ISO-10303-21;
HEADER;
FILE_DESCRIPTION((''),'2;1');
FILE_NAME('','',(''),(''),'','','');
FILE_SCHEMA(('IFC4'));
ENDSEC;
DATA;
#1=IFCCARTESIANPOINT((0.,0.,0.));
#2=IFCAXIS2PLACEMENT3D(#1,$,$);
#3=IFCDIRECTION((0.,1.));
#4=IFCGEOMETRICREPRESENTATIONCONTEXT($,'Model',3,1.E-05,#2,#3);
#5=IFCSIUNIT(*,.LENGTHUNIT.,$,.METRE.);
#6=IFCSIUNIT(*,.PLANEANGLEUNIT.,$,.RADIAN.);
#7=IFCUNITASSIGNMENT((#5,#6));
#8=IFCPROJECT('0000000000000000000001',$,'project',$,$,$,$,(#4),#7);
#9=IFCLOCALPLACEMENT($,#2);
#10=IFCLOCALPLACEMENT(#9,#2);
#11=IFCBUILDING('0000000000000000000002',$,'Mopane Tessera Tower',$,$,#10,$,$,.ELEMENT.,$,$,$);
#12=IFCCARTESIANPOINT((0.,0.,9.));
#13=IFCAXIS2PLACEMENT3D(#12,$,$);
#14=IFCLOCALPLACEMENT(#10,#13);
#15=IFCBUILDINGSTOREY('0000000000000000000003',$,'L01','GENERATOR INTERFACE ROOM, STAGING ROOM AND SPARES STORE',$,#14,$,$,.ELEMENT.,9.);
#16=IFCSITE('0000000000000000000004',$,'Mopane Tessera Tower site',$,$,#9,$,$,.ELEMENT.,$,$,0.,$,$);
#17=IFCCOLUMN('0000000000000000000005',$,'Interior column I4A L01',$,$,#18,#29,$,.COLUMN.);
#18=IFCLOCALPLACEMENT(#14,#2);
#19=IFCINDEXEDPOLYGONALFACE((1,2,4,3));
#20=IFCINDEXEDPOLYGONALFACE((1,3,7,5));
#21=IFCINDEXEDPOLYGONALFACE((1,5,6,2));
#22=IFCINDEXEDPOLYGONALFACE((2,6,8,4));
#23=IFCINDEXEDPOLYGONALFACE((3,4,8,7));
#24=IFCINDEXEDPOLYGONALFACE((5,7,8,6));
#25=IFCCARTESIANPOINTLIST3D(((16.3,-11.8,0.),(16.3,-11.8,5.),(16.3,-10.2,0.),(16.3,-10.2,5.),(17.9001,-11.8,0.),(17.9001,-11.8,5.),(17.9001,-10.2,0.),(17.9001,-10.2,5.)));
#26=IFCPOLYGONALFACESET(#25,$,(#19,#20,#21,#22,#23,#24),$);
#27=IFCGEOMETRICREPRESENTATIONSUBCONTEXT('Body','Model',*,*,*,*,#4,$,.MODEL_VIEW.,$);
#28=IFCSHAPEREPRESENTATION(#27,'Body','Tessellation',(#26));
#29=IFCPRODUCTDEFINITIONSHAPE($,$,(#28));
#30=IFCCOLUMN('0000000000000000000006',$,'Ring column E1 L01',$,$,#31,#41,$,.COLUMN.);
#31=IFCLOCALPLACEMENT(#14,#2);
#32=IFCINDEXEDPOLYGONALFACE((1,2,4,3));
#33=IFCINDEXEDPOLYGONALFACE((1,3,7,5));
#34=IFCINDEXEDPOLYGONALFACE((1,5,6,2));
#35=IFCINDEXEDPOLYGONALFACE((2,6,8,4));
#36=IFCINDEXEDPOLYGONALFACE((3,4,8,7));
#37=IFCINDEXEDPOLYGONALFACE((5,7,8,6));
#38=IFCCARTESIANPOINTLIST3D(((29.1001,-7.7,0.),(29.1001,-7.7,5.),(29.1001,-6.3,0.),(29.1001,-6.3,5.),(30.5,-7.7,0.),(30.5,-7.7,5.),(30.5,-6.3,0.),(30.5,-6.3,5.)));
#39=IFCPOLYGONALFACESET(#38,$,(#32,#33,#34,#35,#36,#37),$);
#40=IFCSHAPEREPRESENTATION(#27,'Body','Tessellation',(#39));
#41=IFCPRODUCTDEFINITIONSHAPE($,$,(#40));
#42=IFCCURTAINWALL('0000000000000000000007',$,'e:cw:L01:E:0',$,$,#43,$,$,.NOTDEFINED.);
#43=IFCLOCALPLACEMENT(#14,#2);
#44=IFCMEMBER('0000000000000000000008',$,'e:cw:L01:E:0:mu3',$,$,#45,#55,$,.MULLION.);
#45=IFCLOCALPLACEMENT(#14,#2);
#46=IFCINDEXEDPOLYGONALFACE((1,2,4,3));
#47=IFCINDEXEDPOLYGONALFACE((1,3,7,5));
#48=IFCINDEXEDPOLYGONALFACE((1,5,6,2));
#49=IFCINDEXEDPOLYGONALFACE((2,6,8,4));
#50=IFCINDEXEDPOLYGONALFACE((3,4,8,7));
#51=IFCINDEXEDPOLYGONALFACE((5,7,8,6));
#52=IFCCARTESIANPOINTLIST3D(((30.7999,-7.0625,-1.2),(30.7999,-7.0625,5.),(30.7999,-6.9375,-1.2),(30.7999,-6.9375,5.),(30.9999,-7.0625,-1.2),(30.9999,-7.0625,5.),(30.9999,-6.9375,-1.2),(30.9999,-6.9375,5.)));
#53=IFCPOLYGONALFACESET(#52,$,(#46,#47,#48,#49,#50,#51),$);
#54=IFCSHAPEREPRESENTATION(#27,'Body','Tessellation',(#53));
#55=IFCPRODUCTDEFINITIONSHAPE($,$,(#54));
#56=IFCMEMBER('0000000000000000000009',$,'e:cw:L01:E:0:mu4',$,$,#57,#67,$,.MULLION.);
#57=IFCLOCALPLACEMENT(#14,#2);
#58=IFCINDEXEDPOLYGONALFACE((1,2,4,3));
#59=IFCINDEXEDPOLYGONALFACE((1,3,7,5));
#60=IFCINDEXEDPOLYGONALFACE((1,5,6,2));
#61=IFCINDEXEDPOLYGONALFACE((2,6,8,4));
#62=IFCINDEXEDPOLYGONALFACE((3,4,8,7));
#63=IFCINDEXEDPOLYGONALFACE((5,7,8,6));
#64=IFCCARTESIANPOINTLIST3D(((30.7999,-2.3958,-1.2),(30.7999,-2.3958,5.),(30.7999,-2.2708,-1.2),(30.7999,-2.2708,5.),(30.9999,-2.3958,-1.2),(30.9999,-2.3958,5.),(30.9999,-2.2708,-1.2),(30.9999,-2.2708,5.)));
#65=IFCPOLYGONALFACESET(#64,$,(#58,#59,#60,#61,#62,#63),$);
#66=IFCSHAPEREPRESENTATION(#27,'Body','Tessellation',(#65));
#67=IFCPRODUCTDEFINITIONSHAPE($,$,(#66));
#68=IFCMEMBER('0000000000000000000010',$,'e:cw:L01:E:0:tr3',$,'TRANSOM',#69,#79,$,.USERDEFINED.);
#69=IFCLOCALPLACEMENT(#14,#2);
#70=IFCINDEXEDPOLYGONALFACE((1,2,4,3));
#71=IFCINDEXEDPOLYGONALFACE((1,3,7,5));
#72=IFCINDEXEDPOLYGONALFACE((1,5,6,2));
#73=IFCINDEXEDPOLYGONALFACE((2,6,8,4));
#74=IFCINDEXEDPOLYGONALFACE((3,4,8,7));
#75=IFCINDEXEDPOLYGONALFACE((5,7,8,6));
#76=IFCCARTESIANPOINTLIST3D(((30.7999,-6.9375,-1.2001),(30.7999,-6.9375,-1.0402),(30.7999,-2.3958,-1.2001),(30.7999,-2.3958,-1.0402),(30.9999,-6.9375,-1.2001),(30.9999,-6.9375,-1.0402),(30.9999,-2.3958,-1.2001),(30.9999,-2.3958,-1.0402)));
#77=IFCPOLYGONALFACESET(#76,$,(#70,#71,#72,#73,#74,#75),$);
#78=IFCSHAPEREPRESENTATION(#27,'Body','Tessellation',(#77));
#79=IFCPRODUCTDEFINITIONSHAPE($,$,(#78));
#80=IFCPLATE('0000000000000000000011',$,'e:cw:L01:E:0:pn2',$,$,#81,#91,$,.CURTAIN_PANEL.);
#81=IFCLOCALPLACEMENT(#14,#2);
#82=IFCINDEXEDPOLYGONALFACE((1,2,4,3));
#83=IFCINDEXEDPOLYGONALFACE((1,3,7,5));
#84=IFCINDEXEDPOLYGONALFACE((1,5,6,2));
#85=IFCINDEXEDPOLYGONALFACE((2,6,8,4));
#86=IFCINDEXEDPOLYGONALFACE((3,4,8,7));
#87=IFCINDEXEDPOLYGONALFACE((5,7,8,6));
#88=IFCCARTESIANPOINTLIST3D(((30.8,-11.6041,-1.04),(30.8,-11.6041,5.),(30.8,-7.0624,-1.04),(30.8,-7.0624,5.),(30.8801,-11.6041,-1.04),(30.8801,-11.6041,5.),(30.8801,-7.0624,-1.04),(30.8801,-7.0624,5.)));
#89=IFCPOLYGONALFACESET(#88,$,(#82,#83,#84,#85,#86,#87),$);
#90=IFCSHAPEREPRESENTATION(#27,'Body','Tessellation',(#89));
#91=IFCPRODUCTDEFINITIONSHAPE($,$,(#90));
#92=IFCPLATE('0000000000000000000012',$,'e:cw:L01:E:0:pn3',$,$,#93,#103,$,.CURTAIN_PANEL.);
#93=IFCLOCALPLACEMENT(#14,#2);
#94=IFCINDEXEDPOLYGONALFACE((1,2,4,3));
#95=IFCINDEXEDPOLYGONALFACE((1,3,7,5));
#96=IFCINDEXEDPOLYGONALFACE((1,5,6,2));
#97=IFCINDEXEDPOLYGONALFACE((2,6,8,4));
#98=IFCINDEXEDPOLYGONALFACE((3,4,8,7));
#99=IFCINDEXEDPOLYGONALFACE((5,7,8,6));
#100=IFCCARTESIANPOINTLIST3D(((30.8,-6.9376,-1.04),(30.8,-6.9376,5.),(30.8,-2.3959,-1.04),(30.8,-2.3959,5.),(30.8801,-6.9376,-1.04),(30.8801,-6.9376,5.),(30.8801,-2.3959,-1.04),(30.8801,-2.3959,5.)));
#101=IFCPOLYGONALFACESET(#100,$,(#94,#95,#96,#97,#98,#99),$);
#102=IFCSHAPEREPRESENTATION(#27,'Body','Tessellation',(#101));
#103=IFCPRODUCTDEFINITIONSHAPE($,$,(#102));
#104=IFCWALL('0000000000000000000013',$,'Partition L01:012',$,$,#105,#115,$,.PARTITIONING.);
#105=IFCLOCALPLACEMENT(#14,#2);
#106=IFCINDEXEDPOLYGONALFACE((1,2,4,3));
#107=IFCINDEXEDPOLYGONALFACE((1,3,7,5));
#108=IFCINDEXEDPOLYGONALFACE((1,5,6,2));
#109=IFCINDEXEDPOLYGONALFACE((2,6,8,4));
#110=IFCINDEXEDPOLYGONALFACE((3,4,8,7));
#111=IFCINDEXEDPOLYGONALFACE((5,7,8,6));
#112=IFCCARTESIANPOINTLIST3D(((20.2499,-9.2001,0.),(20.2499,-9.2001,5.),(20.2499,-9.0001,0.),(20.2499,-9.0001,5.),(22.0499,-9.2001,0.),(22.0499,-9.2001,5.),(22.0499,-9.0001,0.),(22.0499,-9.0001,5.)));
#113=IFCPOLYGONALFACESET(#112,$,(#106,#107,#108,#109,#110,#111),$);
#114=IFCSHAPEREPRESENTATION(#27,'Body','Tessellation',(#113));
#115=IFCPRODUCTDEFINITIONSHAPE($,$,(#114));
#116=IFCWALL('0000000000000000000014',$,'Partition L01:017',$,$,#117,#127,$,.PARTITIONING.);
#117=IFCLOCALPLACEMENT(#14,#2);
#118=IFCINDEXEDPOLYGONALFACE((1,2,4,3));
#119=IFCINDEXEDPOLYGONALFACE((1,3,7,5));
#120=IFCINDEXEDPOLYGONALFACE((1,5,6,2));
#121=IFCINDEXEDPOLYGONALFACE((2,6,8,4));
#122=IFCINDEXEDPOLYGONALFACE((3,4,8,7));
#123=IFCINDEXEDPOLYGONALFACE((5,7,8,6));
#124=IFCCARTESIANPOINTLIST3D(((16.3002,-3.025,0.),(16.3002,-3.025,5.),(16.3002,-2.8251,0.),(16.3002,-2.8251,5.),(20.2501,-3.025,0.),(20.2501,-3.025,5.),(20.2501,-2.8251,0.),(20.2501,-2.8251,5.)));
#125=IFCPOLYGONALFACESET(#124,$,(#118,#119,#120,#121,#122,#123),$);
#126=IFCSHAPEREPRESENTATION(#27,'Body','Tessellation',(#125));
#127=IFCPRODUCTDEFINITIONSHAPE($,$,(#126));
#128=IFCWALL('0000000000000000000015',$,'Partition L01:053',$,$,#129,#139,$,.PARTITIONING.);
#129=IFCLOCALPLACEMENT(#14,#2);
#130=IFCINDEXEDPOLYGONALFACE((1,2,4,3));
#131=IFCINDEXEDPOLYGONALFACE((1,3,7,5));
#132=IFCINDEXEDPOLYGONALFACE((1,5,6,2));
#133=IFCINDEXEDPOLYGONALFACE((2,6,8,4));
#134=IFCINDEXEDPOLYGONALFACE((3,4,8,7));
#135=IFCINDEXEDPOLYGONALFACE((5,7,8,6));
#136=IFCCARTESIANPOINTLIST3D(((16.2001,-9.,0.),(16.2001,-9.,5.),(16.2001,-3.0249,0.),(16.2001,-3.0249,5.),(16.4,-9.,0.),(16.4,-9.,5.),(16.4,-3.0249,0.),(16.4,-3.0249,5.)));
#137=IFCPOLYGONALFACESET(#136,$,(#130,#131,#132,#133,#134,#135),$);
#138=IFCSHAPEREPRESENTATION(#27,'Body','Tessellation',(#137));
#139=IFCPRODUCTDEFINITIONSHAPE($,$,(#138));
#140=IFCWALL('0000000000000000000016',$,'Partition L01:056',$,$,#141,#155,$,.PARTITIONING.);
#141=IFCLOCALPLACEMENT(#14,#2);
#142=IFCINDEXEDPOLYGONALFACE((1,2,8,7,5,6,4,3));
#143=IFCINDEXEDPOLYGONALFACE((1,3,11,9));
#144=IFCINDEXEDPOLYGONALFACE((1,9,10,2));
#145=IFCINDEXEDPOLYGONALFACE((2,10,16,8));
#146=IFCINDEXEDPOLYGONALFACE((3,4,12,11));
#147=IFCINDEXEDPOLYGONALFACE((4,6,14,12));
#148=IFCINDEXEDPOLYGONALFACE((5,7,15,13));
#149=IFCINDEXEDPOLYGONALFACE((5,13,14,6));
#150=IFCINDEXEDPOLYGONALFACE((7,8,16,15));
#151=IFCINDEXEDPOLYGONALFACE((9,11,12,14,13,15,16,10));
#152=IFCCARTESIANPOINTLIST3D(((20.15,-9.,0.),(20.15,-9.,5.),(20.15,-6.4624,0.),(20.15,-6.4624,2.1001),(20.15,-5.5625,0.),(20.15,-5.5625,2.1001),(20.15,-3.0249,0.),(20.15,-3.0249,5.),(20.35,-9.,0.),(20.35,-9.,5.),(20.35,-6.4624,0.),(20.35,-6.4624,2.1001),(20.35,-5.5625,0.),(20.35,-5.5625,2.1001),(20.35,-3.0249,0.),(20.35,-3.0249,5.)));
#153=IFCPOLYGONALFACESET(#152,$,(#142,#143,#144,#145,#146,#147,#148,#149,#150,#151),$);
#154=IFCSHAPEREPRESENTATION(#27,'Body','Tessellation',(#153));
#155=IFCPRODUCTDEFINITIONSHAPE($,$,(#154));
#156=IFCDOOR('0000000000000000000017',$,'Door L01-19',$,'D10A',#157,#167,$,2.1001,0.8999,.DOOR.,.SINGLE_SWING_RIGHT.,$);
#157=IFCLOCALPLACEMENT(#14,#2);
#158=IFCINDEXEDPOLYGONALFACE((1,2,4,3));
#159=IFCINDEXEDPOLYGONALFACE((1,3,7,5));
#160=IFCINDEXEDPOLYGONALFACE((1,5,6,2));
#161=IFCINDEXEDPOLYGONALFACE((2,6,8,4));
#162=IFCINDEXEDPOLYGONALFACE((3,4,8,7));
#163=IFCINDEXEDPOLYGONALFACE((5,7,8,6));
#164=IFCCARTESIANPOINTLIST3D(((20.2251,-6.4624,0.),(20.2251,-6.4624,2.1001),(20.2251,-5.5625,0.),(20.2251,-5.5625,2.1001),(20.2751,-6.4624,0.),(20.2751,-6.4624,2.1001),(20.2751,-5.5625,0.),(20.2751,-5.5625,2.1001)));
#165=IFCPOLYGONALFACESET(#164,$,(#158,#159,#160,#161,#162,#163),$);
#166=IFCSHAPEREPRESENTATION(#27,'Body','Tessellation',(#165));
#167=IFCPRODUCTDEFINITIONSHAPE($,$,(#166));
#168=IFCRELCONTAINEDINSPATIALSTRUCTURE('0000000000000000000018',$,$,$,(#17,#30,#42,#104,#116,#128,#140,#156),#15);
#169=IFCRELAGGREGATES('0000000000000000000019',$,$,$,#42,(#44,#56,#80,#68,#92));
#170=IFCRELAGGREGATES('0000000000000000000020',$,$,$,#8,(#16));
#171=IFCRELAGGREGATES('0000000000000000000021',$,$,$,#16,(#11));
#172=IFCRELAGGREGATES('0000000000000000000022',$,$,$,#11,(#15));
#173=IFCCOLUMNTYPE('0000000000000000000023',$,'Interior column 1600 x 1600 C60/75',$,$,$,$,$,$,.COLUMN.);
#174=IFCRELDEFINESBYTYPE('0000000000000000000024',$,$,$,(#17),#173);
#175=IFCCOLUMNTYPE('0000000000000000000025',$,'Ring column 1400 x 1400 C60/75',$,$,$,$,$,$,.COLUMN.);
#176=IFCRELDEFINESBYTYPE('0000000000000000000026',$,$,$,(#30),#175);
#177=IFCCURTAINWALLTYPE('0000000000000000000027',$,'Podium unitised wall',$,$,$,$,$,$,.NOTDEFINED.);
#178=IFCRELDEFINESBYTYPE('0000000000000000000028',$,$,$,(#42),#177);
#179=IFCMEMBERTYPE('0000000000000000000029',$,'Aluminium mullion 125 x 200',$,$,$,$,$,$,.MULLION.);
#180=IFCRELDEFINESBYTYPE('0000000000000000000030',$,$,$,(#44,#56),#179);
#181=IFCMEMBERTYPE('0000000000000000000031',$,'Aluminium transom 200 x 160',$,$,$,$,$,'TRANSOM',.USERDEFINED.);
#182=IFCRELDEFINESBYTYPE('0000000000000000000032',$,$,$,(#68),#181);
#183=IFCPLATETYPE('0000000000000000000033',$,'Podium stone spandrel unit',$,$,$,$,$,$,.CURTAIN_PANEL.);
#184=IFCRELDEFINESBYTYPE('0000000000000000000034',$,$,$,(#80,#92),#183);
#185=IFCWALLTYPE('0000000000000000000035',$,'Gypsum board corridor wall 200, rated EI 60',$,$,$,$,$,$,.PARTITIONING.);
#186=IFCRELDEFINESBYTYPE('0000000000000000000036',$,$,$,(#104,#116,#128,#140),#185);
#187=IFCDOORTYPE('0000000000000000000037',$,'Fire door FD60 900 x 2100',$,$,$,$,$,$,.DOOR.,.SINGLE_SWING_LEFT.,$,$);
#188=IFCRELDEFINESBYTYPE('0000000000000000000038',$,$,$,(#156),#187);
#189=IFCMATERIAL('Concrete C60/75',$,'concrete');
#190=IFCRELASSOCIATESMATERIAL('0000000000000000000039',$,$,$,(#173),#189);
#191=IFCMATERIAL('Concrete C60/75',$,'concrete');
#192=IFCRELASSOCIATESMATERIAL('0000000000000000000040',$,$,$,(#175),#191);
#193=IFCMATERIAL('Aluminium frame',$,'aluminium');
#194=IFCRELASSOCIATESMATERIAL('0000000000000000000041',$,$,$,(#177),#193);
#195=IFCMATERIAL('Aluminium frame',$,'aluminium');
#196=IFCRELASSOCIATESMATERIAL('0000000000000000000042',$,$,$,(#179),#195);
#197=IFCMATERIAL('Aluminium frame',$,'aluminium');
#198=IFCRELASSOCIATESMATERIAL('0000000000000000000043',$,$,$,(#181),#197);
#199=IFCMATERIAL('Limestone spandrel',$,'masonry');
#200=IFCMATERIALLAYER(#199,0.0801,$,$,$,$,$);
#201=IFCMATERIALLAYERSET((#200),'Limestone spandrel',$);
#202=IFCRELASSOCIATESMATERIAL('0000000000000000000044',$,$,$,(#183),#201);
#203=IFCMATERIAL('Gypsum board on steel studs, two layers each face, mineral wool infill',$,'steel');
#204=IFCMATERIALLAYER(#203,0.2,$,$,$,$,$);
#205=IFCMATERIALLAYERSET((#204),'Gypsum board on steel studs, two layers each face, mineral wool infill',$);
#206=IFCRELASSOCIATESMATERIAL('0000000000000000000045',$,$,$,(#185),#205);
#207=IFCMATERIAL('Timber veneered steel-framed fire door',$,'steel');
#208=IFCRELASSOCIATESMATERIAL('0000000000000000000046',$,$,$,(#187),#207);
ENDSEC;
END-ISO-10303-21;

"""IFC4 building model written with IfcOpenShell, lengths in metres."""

from ifc_helpers import new_model, si_unit, direction, frame, frame_2d, origin, origin_2d, place, context, subcontext, project, spatial, rectangle, extrude, material, layer, layer_set, material_profile, profile_set, type_object, element, fill, aggregate, save


model = new_model("IFC4")

# Units and contexts
model_context = context("Model", 3, precision=1e-05, world=origin(), true_north=direction((0.0, 1.0)))
body_context = subcontext(model_context, "Body", "Model", "MODEL_VIEW")
ifc_project = project(units=[si_unit("LENGTHUNIT", "METRE"), si_unit("PLANEANGLEUNIT", "RADIAN")], contexts=[model_context])

# Site, building, storey
site_placement = place(None, origin())
site = spatial("IfcSite", under=ifc_project, at=site_placement, Name="Mopane Tessera Tower site", CompositionType="ELEMENT", RefElevation=0.0)
building_placement = place(site_placement, origin())
building = spatial("IfcBuilding", under=site, at=building_placement, Name="Mopane Tessera Tower", CompositionType="ELEMENT")
storey_placement = place(building_placement, frame((0.0, 0.0, 9.0)))
storey = spatial("IfcBuildingStorey", under=building, at=storey_placement, Name="L01", Description="GENERATOR INTERFACE ROOM, STAGING ROOM AND SPARES STORE", CompositionType="ELEMENT", Elevation=9.0)

# Columns
ifc_material_1 = material(Name="Concrete C60/75", Category="concrete")
ifc_material_profile_1 = material_profile(ifc_material_1, rectangle(XDim=1.6001, YDim=1.6001, at=origin_2d()))
ifc_profile_set_1 = profile_set([ifc_material_profile_1], Name="Concrete C60/75")
column_type_1 = type_object("IfcColumnType", Name="Interior column 1600 x 1600 C60/75", PredefinedType="COLUMN", material=ifc_profile_set_1)
column_1_placement = place(storey_placement, frame((17.1001, -11.0, 0.0), z_axis=(0.0, 0.0, 1.0), x_axis=(1.0, 0.0, 0.0)))
element("IfcColumn", 1, at=column_1_placement, inside=storey, type_object=column_type_1, Name="Interior column I4A L01", PredefinedType="COLUMN", context=body_context, shape_type="SweptSolid", body=[
    extrude(rectangle(XDim=1.6001, YDim=1.6001, at=origin_2d()), origin(), (0.0, 0.0, 1.0), 5.0),
])
ifc_material_2 = material(Name="Concrete C60/75", Category="concrete")
ifc_material_profile_2 = material_profile(ifc_material_2, rectangle(XDim=1.3999, YDim=1.3999, at=origin_2d()))
ifc_profile_set_2 = profile_set([ifc_material_profile_2], Name="Concrete C60/75")
column_type_2 = type_object("IfcColumnType", Name="Ring column 1400 x 1400 C60/75", PredefinedType="COLUMN", material=ifc_profile_set_2)
column_2_placement = place(storey_placement, frame((29.8, -7.0, 0.0), z_axis=(0.0, 0.0, 1.0), x_axis=(1.0, 0.0, 0.0)))
element("IfcColumn", 2, at=column_2_placement, inside=storey, type_object=column_type_2, Name="Ring column E1 L01", PredefinedType="COLUMN", context=body_context, shape_type="SweptSolid", body=[
    extrude(rectangle(XDim=1.3999, YDim=1.3999, at=origin_2d()), origin(), (0.0, 0.0, 1.0), 5.0),
])

# Curtain wall, members, plates
ifc_material_3 = material(Name="Aluminium frame", Category="aluminium")
curtain_wall_type = type_object("IfcCurtainWallType", Name="Podium unitised wall", PredefinedType="NOTDEFINED", material=ifc_material_3)
curtain_wall_placement = place(storey_placement, origin())
curtain_wall = element("IfcCurtainWall", 3, at=curtain_wall_placement, inside=storey, type_object=curtain_wall_type, Name="e:cw:L01:E:0", PredefinedType="NOTDEFINED")
ifc_material_4 = material(Name="Aluminium frame", Category="aluminium")
ifc_material_profile_3 = material_profile(ifc_material_4, rectangle(XDim=0.125, YDim=0.2, at=origin_2d()))
ifc_profile_set_3 = profile_set([ifc_material_profile_3], Name="Aluminium frame")
member_type_1 = type_object("IfcMemberType", Name="Aluminium mullion 125 x 200", PredefinedType="MULLION", material=ifc_profile_set_3)
member_1_placement = place(storey_placement, frame((30.8999, -7.0, -1.2), z_axis=(0.0, 0.0, 1.0), x_axis=(0.0, 1.0, 0.0)))
member_1 = element("IfcMember", 4, at=member_1_placement, type_object=member_type_1, Name="e:cw:L01:E:0:mu3", PredefinedType="MULLION", context=body_context, shape_type="SweptSolid", body=[
    extrude(rectangle(XDim=0.125, YDim=0.2, at=origin_2d()), origin(), (0.0, 0.0, 1.0), 6.2),
])
member_2_placement = place(storey_placement, frame((30.8999, -2.3333, -1.2), z_axis=(0.0, 0.0, 1.0), x_axis=(0.0, 1.0, 0.0)))
member_2 = element("IfcMember", 5, at=member_2_placement, type_object=member_type_1, Name="e:cw:L01:E:0:mu4", PredefinedType="MULLION", context=body_context, shape_type="SweptSolid", body=[
    extrude(rectangle(XDim=0.125, YDim=0.2, at=origin_2d()), origin(), (0.0, 0.0, 1.0), 6.2),
])
ifc_material_5 = material(Name="Aluminium frame", Category="aluminium")
ifc_material_profile_4 = material_profile(ifc_material_5, rectangle(XDim=0.2, YDim=0.1599, at=origin_2d()))
ifc_profile_set_4 = profile_set([ifc_material_profile_4], Name="Aluminium frame")
member_type_2 = type_object("IfcMemberType", Name="Aluminium transom 200 x 160", ElementType="TRANSOM", PredefinedType="USERDEFINED", material=ifc_profile_set_4)
member_3_placement = place(storey_placement, frame((30.8999, -6.9375, -1.1201), z_axis=(0.0, 1.0, 0.0), x_axis=(-1.0, 0.0, 0.0)))
member_3 = element("IfcMember", 6, at=member_3_placement, type_object=member_type_2, Name="e:cw:L01:E:0:tr3", ObjectType="TRANSOM", PredefinedType="USERDEFINED", context=body_context, shape_type="SweptSolid", body=[
    extrude(rectangle(XDim=0.2, YDim=0.1599, at=origin_2d()), origin(), (0.0, 0.0, 1.0), 4.5417),
])
ifc_material_6 = material(Name="Limestone spandrel", Category="masonry")
ifc_layer_1 = layer(ifc_material_6, 0.0801)
ifc_layer_set_1 = layer_set([ifc_layer_1], Name="Limestone spandrel")
plate_type = type_object("IfcPlateType", Name="Podium stone spandrel unit", PredefinedType="CURTAIN_PANEL", material=ifc_layer_set_1)
plate_1_placement = place(storey_placement, frame((30.8401, -9.3333, -1.04), z_axis=(0.0, 0.0, 1.0), x_axis=(0.0, 1.0, 0.0)))
plate_1 = element("IfcPlate", 7, at=plate_1_placement, type_object=plate_type, Name="e:cw:L01:E:0:pn2", PredefinedType="CURTAIN_PANEL", context=body_context, shape_type="SweptSolid", body=[
    extrude(rectangle(XDim=4.5417, YDim=0.0801, at=origin_2d()), origin(), (0.0, 0.0, 1.0), 6.04),
])
plate_2_placement = place(storey_placement, frame((30.8401, -4.6667, -1.04), z_axis=(0.0, 0.0, 1.0), x_axis=(0.0, 1.0, 0.0)))
plate_2 = element("IfcPlate", 8, at=plate_2_placement, type_object=plate_type, Name="e:cw:L01:E:0:pn3", PredefinedType="CURTAIN_PANEL", context=body_context, shape_type="SweptSolid", body=[
    extrude(rectangle(XDim=4.5417, YDim=0.0801, at=origin_2d()), origin(), (0.0, 0.0, 1.0), 6.04),
])
aggregate(curtain_wall, [member_1, member_2, plate_1, member_3, plate_2])

# Walls
ifc_material_7 = material(Name="Gypsum board on steel studs, two layers each face, mineral wool infill", Category="steel")
ifc_layer_2 = layer(ifc_material_7, 0.2)
ifc_layer_set_2 = layer_set([ifc_layer_2], Name="Gypsum board on steel studs, two layers each face, mineral wool infill")
wall_type_1 = type_object("IfcWallType", Name="Gypsum board corridor wall 200, rated EI 60", PredefinedType="PARTITIONING", material=ifc_layer_set_2)
wall_1_placement = place(storey_placement, frame((20.25, -9.1001, 0.0), z_axis=(0.0, 0.0, 1.0), x_axis=(1.0, 0.0, 0.0)))
element("IfcWall", 9, at=wall_1_placement, inside=storey, type_object=wall_type_1, Name="Partition L01:012", PredefinedType="PARTITIONING", context=body_context, shape_type="SweptSolid", body=[
    extrude(rectangle(XDim=1.8, YDim=0.2, at=frame_2d((0.8999, 0.0))), origin(), (0.0, 0.0, 1.0), 5.0),
])
wall_2_placement = place(storey_placement, frame((16.3, -2.925, 0.0), z_axis=(0.0, 0.0, 1.0), x_axis=(1.0, 0.0, 0.0)))
element("IfcWall", 10, at=wall_2_placement, inside=storey, type_object=wall_type_1, Name="Partition L01:017", PredefinedType="PARTITIONING", context=body_context, shape_type="SweptSolid", body=[
    extrude(rectangle(XDim=3.95, YDim=0.2, at=frame_2d((1.9751, 0.0))), origin(), (0.0, 0.0, 1.0), 5.0),
])
wall_3_placement = place(storey_placement, frame((16.3, -9.0, 0.0), z_axis=(0.0, 0.0, 1.0), x_axis=(0.0, 1.0, 0.0)))
element("IfcWall", 11, at=wall_3_placement, inside=storey, type_object=wall_type_1, Name="Partition L01:053", PredefinedType="PARTITIONING", context=body_context, shape_type="SweptSolid", body=[
    extrude(rectangle(XDim=5.9751, YDim=0.2, at=frame_2d((2.9875, 0.0))), origin(), (0.0, 0.0, 1.0), 5.0),
])

# Wall, opening, door
wall_4_placement = place(storey_placement, frame((20.25, -9.0, 0.0), z_axis=(0.0, 0.0, 1.0), x_axis=(0.0, 1.0, 0.0)))
wall_4 = element("IfcWall", 12, at=wall_4_placement, inside=storey, type_object=wall_type_1, Name="Partition L01:056", PredefinedType="PARTITIONING", context=body_context, shape_type="SweptSolid", body=[
    extrude(rectangle(XDim=5.9751, YDim=0.2, at=frame_2d((2.9875, 0.0))), origin(), (0.0, 0.0, 1.0), 5.0),
])
opening_1_placement = place(wall_4_placement, frame((2.5376, 0.0, 0.0)))
opening_1 = element("IfcOpeningElement", 13, at=opening_1_placement, cuts=wall_4, PredefinedType="OPENING", context=body_context, shape_type="SweptSolid", body=[
    extrude(rectangle(XDim=0.8999, YDim=2.1001, at=frame_2d((0.45, 1.05))), frame((0.0, 0.1121, 0.0), z_axis=(0.0, -1.0, 0.0), x_axis=(1.0, 0.0, 0.0)), (0.0, 0.0, 1.0), 0.2239),
])
ifc_material_8 = material(Name="Timber veneered steel-framed fire door", Category="steel")
door_type_1 = type_object("IfcDoorType", Name="Fire door FD60 900 x 2100", OperationType="SINGLE_SWING_LEFT", PredefinedType="DOOR", material=ifc_material_8)
door_1_placement = place(opening_1_placement, origin())
door_1 = element("IfcDoor", 14, at=door_1_placement, inside=storey, type_object=door_type_1, Name="Door L01-19", ObjectType="D10A", OperationType="SINGLE_SWING_RIGHT", OverallHeight=2.1001, OverallWidth=0.8999, PredefinedType="DOOR", context=body_context, shape_type="SweptSolid", body=[
    extrude(rectangle(XDim=0.8999, YDim=2.1001, at=frame_2d((0.45, 1.05))), frame((0.0, 0.0249, 0.0), z_axis=(0.0, -1.0, 0.0), x_axis=(1.0, 0.0, 0.0)), (0.0, 0.0, 1.0), 0.05),
])
fill(opening_1, door_1)

save(model, "model.ifc")
